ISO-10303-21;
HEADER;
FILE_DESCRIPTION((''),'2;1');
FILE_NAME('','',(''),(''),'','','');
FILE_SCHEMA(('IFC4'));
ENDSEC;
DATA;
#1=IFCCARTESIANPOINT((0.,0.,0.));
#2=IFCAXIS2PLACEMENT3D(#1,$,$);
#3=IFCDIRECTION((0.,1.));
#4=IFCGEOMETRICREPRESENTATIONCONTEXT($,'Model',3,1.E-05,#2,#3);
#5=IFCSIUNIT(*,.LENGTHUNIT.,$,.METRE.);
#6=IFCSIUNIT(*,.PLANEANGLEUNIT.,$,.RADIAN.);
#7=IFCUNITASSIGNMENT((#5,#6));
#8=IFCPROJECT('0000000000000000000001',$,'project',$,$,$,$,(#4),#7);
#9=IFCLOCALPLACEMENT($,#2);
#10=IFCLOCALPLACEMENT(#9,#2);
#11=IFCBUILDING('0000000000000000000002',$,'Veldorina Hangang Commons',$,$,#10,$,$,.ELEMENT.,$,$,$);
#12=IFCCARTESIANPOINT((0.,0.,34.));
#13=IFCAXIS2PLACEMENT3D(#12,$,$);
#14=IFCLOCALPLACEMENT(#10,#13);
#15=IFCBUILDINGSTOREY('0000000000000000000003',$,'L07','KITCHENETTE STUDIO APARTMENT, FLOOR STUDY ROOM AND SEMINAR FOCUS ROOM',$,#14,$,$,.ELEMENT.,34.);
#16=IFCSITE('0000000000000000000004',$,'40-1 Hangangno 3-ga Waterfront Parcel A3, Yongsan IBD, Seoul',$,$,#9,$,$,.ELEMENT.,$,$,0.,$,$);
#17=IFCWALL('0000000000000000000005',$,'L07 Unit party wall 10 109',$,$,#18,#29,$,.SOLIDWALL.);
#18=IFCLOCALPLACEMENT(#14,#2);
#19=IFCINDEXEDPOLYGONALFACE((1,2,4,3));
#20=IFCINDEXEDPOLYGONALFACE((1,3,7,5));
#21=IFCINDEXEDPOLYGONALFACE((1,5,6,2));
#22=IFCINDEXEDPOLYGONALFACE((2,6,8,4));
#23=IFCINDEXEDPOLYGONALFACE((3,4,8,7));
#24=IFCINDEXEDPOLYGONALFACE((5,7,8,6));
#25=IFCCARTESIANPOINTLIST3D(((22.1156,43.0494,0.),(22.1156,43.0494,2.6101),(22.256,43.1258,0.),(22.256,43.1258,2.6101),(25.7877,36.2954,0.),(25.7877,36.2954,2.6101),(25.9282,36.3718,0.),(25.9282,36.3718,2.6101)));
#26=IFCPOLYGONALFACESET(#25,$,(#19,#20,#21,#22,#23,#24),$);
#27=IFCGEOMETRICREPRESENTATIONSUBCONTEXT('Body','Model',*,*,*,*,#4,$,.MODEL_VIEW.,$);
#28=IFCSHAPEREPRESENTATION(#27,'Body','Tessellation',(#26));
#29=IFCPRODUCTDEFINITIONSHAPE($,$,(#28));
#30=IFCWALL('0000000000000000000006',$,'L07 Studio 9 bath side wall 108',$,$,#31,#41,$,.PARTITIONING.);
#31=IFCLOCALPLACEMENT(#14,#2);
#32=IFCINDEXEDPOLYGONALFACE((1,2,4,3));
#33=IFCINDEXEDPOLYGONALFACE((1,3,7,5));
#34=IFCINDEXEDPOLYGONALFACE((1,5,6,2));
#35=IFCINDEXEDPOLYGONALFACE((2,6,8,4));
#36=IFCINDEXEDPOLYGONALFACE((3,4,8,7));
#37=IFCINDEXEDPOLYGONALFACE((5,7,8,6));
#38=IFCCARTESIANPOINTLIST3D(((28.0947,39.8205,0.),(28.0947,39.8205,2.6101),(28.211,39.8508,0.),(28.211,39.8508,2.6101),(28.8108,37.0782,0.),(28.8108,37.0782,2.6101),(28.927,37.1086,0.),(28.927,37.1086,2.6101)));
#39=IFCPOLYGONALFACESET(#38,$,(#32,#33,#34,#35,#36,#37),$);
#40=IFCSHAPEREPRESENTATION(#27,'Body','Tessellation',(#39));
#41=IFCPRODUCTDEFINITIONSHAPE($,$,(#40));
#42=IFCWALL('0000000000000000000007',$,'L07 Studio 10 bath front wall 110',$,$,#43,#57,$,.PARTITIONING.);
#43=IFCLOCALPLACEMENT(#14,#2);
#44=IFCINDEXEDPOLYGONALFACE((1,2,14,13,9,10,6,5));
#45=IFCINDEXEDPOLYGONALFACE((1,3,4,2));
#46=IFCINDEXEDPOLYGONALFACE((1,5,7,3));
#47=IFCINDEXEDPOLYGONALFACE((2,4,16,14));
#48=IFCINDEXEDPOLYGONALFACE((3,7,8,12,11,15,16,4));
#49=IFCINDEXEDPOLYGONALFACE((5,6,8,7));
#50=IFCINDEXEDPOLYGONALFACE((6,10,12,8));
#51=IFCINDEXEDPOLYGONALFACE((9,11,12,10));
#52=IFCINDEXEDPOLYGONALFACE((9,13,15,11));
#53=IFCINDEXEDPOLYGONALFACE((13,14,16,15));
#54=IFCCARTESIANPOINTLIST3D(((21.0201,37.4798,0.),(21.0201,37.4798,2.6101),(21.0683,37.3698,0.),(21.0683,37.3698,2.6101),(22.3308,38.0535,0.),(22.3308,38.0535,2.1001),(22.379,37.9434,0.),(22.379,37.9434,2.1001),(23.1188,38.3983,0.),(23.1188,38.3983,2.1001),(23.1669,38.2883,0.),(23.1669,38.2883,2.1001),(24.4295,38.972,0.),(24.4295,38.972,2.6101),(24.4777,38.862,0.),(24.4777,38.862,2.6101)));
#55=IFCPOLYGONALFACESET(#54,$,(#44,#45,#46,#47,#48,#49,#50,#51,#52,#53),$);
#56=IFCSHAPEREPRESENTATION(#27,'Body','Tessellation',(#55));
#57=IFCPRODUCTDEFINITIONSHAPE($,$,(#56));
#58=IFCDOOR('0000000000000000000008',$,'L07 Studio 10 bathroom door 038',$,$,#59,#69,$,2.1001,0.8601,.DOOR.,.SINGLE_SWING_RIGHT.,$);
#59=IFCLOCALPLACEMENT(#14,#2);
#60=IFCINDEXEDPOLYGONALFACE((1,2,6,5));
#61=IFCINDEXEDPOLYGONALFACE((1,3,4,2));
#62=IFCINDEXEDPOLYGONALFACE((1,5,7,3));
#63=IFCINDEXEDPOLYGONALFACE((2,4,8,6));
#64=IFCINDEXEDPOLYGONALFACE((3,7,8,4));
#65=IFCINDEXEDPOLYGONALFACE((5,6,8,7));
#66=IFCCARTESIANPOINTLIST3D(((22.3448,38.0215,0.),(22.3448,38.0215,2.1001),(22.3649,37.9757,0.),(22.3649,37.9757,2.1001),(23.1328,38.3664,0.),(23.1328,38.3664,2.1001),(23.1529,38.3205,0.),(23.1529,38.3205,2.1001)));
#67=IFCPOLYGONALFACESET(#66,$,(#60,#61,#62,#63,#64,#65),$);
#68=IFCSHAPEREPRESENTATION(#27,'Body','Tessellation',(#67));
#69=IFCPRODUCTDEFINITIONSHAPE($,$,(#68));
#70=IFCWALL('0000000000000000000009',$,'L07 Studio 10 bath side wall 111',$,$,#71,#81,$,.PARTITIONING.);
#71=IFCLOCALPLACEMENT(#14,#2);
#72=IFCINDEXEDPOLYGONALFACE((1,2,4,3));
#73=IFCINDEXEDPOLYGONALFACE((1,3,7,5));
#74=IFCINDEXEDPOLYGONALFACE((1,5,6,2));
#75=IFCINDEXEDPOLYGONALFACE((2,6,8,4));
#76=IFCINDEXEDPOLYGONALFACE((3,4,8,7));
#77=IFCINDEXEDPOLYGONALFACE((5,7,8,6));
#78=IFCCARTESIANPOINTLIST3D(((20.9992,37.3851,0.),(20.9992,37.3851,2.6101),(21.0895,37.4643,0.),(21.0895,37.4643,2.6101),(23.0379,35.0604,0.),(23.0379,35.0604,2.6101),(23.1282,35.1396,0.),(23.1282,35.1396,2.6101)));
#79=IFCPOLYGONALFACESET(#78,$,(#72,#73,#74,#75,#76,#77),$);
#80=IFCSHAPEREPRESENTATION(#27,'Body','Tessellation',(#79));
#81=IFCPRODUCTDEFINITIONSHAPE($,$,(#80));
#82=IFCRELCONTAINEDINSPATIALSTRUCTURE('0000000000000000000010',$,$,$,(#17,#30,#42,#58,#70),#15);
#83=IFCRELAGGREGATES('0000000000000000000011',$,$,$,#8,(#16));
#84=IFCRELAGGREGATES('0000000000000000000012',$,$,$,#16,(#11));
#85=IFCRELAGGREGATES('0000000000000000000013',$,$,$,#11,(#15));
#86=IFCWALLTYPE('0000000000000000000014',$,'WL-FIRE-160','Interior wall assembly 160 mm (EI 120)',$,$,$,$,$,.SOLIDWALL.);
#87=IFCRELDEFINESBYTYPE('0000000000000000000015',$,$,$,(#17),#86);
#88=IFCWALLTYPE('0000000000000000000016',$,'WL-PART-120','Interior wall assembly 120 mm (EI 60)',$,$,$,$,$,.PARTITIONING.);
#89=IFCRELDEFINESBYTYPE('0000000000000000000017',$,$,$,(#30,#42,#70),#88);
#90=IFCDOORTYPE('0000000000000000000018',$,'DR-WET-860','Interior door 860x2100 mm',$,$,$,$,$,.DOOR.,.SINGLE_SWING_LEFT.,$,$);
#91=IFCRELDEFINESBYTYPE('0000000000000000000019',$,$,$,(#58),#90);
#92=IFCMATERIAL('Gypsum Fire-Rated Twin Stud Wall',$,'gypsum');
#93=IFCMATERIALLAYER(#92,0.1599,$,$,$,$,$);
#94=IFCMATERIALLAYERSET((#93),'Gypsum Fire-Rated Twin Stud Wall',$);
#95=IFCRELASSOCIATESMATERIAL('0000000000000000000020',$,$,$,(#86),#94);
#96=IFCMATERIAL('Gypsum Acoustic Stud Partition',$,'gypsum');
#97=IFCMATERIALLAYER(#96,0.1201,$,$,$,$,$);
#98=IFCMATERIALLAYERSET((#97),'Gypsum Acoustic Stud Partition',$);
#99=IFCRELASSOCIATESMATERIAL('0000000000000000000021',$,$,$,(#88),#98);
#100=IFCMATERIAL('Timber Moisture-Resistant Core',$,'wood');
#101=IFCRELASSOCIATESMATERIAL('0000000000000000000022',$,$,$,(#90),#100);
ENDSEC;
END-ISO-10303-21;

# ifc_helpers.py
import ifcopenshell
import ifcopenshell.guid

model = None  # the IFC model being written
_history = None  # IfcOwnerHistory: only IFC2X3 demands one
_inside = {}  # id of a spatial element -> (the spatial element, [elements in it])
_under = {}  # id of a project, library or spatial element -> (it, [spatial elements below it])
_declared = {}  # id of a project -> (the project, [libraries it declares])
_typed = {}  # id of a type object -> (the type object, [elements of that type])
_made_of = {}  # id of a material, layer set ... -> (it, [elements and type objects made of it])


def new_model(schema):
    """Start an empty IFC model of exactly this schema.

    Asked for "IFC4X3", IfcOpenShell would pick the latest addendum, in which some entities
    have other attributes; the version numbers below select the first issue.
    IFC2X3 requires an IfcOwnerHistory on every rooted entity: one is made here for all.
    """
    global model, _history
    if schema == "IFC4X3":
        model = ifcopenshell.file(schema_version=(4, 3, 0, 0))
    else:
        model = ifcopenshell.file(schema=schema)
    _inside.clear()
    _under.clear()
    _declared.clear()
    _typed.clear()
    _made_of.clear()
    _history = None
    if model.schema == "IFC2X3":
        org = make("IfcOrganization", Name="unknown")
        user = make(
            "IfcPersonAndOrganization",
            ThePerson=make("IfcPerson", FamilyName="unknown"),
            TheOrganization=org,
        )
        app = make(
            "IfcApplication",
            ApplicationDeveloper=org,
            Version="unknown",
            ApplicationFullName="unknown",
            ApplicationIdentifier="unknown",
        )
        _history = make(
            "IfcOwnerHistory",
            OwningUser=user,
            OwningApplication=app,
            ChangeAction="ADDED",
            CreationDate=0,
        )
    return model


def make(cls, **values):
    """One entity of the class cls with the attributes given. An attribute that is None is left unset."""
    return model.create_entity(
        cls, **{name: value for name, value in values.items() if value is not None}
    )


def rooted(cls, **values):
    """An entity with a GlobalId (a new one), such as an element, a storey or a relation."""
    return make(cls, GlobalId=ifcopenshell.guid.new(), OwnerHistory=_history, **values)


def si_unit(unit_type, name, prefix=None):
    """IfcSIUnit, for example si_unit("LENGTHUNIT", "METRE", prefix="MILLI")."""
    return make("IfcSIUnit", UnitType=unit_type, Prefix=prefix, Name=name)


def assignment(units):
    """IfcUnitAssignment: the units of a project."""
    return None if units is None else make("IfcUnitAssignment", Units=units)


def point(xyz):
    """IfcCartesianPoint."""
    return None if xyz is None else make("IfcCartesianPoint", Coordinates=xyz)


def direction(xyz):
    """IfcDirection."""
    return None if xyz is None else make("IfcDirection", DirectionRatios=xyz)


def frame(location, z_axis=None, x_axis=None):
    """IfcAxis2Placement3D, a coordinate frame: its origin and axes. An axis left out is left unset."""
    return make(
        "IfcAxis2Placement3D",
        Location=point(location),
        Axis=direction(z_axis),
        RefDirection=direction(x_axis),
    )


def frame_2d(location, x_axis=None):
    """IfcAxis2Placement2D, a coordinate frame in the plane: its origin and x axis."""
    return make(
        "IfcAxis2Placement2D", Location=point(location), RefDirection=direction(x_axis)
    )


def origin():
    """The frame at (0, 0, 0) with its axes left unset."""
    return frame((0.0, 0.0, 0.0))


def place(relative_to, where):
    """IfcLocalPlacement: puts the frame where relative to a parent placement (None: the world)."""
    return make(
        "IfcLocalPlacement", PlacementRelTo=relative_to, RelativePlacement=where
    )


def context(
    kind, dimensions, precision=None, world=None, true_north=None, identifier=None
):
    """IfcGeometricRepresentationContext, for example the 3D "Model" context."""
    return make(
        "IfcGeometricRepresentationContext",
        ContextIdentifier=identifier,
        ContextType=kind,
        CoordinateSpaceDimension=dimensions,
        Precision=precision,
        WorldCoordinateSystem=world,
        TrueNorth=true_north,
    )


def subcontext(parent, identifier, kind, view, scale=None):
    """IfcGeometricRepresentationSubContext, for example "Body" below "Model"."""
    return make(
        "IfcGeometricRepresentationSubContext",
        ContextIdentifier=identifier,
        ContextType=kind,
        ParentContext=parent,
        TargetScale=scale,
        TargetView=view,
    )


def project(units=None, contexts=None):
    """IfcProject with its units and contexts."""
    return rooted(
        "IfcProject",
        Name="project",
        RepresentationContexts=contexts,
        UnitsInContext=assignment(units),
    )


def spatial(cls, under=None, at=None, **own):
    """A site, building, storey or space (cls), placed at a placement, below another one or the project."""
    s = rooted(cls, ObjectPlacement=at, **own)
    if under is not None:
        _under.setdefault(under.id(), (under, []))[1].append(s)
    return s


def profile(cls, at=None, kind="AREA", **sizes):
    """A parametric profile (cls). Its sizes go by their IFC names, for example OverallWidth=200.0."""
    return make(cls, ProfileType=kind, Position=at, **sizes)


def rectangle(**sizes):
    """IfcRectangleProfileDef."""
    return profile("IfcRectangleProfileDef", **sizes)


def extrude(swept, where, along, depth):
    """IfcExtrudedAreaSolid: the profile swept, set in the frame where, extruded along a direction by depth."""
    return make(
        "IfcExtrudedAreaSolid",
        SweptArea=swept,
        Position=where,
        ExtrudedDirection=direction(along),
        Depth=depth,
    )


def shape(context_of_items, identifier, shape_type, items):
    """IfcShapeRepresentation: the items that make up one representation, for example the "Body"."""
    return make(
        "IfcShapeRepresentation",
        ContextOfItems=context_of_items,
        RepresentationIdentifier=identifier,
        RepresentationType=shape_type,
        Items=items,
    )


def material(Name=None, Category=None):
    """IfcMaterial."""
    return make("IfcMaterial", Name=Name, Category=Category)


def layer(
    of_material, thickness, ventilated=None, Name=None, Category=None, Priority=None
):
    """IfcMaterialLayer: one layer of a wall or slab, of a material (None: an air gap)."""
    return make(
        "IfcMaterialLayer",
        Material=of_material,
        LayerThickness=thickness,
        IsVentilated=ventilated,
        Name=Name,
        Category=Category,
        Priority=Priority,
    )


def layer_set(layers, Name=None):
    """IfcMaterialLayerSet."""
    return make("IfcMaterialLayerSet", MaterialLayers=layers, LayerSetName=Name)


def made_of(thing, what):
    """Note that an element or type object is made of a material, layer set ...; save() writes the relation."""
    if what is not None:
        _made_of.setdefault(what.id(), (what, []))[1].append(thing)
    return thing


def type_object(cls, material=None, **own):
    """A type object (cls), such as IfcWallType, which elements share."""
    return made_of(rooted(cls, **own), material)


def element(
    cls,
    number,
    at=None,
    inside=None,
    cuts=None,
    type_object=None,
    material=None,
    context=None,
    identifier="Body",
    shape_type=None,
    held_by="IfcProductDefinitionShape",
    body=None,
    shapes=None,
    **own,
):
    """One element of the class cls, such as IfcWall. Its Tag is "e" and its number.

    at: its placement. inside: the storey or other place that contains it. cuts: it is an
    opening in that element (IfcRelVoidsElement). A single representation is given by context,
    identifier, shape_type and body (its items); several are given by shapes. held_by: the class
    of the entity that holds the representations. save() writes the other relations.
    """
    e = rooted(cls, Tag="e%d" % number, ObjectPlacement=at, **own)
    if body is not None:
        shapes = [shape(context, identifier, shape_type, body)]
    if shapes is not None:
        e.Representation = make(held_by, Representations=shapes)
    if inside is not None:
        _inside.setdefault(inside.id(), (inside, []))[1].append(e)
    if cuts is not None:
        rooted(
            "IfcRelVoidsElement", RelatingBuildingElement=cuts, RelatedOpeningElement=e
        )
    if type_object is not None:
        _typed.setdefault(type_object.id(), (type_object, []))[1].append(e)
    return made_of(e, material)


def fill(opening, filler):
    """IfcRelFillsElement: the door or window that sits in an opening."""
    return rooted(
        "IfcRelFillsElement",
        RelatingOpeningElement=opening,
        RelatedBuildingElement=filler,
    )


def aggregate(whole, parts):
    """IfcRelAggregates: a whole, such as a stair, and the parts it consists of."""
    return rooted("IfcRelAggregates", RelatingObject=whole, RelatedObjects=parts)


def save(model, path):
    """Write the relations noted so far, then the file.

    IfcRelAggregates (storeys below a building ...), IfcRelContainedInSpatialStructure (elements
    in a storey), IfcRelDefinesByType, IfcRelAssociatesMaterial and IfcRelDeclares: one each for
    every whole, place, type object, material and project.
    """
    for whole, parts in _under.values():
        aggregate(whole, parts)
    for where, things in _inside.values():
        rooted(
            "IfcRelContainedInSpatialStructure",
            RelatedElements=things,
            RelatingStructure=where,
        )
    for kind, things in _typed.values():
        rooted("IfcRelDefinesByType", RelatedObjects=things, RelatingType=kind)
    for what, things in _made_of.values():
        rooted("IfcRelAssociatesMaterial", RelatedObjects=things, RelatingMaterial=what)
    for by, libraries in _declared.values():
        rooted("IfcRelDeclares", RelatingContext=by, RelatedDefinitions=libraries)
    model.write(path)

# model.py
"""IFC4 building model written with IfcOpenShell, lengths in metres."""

from ifc_helpers import new_model, si_unit, direction, frame, frame_2d, origin, place, context, subcontext, project, spatial, rectangle, extrude, material, layer, layer_set, type_object, element, fill, save


model = new_model("IFC4")

# Units and contexts
model_context = context("Model", 3, precision=1e-05, world=origin(), true_north=direction((0.0, 1.0)))
body_context = subcontext(model_context, "Body", "Model", "MODEL_VIEW")
ifc_project = project(units=[si_unit("LENGTHUNIT", "METRE"), si_unit("PLANEANGLEUNIT", "RADIAN")], contexts=[model_context])

# Site, building, storey
site_placement = place(None, origin())
site = spatial("IfcSite", under=ifc_project, at=site_placement, Name="40-1 Hangangno 3-ga Waterfront Parcel A3, Yongsan IBD, Seoul", CompositionType="ELEMENT", RefElevation=0.0)
building_placement = place(site_placement, origin())
building = spatial("IfcBuilding", under=site, at=building_placement, Name="Veldorina Hangang Commons", CompositionType="ELEMENT")
storey_placement = place(building_placement, frame((0.0, 0.0, 34.0)))
storey = spatial("IfcBuildingStorey", under=building, at=storey_placement, Name="L07", Description="KITCHENETTE STUDIO APARTMENT, FLOOR STUDY ROOM AND SEMINAR FOCUS ROOM", CompositionType="ELEMENT", Elevation=34.0)

# Shared definitions
ifc_material_1 = material(Name="Gypsum Fire-Rated Twin Stud Wall", Category="gypsum")
ifc_layer_1 = layer(ifc_material_1, 0.1599)
ifc_layer_set_1 = layer_set([ifc_layer_1], Name="Gypsum Fire-Rated Twin Stud Wall")
wall_type_1 = type_object("IfcWallType", Name="WL-FIRE-160", Description="Interior wall assembly 160 mm (EI 120)", PredefinedType="SOLIDWALL", material=ifc_layer_set_1)

# Walls
wall_1_placement = place(storey_placement, frame((25.8579, 36.3337, 0.0), z_axis=(0.0, 0.0, 1.0), x_axis=(-0.477666, 0.878542, 0.0)))
element("IfcWall", 1, at=wall_1_placement, inside=storey, type_object=wall_type_1, Name="L07 Unit party wall 10 109", PredefinedType="SOLIDWALL", context=body_context, shape_type="SweptSolid", body=[
    extrude(rectangle(XDim=7.6877, YDim=0.1599, at=frame_2d((3.8438, 0.0))), origin(), (0.0, 0.0, 1.0), 2.6101),
])
ifc_material_2 = material(Name="Gypsum Acoustic Stud Partition", Category="gypsum")
ifc_layer_2 = layer(ifc_material_2, 0.1201)
ifc_layer_set_2 = layer_set([ifc_layer_2], Name="Gypsum Acoustic Stud Partition")
wall_type_2 = type_object("IfcWallType", Name="WL-PART-120", Description="Interior wall assembly 120 mm (EI 60)", PredefinedType="PARTITIONING", material=ifc_layer_set_2)
wall_2_placement = place(storey_placement, frame((28.8689, 37.0935, 0.0), z_axis=(0.0, 0.0, 1.0), x_axis=(-0.252657, 0.967556, 0.0)))
element("IfcWall", 2, at=wall_2_placement, inside=storey, type_object=wall_type_2, Name="L07 Studio 9 bath side wall 108", PredefinedType="PARTITIONING", context=body_context, shape_type="SweptSolid", body=[
    extrude(rectangle(XDim=2.8342, YDim=0.1201, at=frame_2d((1.417, 0.0))), origin(), (0.0, 0.0, 1.0), 2.6101),
])

# Wall, opening, door
wall_3_placement = place(storey_placement, frame((24.4536, 38.917, 0.0), z_axis=(0.0, 0.0, 1.0), x_axis=(-0.916102, -0.400946, 0.0)))
wall_3 = element("IfcWall", 3, at=wall_3_placement, inside=storey, type_object=wall_type_2, Name="L07 Studio 10 bath front wall 110", PredefinedType="PARTITIONING", context=body_context, shape_type="SweptSolid", body=[
    extrude(rectangle(XDim=3.7217, YDim=0.1201, at=frame_2d((1.8608, 0.0))), origin(), (0.0, 0.0, 1.0), 2.6101),
])
opening_1_placement = place(wall_3_placement, frame((1.4307, 0.0, 0.0)))
opening_1 = element("IfcOpeningElement", 4, at=opening_1_placement, cuts=wall_3, PredefinedType="OPENING", context=body_context, shape_type="SweptSolid", body=[
    extrude(rectangle(XDim=0.8601, YDim=2.1001, at=frame_2d((0.4302, 1.05))), frame((0.0, 0.0701, 0.0), z_axis=(0.0, -1.0, 0.0), x_axis=(1.0, 0.0, 0.0)), (0.0, 0.0, 1.0), 0.1401),
])
ifc_material_3 = material(Name="Timber Moisture-Resistant Core", Category="wood")
door_type_1 = type_object("IfcDoorType", Name="DR-WET-860", Description="Interior door 860x2100 mm", OperationType="SINGLE_SWING_LEFT", PredefinedType="DOOR", material=ifc_material_3)
door_1_placement = place(opening_1_placement, origin())
door_1 = element("IfcDoor", 5, at=door_1_placement, inside=storey, type_object=door_type_1, Name="L07 Studio 10 bathroom door 038", OperationType="SINGLE_SWING_RIGHT", OverallHeight=2.1001, OverallWidth=0.8601, PredefinedType="DOOR", context=body_context, shape_type="SweptSolid", body=[
    extrude(rectangle(XDim=0.8601, YDim=2.1001, at=frame_2d((0.4302, 1.05))), frame((0.0, 0.0249, 0.0), z_axis=(0.0, -1.0, 0.0), x_axis=(1.0, 0.0, 0.0)), (0.0, 0.0, 1.0), 0.05),
])
fill(opening_1, door_1)

# Wall
wall_4_placement = place(storey_placement, frame((23.083, 35.1001, 0.0), z_axis=(0.0, 0.0, 1.0), x_axis=(-0.659365, 0.751823, 0.0)))
element("IfcWall", 6, at=wall_4_placement, inside=storey, type_object=wall_type_2, Name="L07 Studio 10 bath side wall 111", PredefinedType="PARTITIONING", context=body_context, shape_type="SweptSolid", body=[
    extrude(rectangle(XDim=3.092, YDim=0.1201, at=frame_2d((1.5459, 0.0))), origin(), (0.0, 0.0, 1.0), 2.6101),
])

save(model, "model.ifc")
